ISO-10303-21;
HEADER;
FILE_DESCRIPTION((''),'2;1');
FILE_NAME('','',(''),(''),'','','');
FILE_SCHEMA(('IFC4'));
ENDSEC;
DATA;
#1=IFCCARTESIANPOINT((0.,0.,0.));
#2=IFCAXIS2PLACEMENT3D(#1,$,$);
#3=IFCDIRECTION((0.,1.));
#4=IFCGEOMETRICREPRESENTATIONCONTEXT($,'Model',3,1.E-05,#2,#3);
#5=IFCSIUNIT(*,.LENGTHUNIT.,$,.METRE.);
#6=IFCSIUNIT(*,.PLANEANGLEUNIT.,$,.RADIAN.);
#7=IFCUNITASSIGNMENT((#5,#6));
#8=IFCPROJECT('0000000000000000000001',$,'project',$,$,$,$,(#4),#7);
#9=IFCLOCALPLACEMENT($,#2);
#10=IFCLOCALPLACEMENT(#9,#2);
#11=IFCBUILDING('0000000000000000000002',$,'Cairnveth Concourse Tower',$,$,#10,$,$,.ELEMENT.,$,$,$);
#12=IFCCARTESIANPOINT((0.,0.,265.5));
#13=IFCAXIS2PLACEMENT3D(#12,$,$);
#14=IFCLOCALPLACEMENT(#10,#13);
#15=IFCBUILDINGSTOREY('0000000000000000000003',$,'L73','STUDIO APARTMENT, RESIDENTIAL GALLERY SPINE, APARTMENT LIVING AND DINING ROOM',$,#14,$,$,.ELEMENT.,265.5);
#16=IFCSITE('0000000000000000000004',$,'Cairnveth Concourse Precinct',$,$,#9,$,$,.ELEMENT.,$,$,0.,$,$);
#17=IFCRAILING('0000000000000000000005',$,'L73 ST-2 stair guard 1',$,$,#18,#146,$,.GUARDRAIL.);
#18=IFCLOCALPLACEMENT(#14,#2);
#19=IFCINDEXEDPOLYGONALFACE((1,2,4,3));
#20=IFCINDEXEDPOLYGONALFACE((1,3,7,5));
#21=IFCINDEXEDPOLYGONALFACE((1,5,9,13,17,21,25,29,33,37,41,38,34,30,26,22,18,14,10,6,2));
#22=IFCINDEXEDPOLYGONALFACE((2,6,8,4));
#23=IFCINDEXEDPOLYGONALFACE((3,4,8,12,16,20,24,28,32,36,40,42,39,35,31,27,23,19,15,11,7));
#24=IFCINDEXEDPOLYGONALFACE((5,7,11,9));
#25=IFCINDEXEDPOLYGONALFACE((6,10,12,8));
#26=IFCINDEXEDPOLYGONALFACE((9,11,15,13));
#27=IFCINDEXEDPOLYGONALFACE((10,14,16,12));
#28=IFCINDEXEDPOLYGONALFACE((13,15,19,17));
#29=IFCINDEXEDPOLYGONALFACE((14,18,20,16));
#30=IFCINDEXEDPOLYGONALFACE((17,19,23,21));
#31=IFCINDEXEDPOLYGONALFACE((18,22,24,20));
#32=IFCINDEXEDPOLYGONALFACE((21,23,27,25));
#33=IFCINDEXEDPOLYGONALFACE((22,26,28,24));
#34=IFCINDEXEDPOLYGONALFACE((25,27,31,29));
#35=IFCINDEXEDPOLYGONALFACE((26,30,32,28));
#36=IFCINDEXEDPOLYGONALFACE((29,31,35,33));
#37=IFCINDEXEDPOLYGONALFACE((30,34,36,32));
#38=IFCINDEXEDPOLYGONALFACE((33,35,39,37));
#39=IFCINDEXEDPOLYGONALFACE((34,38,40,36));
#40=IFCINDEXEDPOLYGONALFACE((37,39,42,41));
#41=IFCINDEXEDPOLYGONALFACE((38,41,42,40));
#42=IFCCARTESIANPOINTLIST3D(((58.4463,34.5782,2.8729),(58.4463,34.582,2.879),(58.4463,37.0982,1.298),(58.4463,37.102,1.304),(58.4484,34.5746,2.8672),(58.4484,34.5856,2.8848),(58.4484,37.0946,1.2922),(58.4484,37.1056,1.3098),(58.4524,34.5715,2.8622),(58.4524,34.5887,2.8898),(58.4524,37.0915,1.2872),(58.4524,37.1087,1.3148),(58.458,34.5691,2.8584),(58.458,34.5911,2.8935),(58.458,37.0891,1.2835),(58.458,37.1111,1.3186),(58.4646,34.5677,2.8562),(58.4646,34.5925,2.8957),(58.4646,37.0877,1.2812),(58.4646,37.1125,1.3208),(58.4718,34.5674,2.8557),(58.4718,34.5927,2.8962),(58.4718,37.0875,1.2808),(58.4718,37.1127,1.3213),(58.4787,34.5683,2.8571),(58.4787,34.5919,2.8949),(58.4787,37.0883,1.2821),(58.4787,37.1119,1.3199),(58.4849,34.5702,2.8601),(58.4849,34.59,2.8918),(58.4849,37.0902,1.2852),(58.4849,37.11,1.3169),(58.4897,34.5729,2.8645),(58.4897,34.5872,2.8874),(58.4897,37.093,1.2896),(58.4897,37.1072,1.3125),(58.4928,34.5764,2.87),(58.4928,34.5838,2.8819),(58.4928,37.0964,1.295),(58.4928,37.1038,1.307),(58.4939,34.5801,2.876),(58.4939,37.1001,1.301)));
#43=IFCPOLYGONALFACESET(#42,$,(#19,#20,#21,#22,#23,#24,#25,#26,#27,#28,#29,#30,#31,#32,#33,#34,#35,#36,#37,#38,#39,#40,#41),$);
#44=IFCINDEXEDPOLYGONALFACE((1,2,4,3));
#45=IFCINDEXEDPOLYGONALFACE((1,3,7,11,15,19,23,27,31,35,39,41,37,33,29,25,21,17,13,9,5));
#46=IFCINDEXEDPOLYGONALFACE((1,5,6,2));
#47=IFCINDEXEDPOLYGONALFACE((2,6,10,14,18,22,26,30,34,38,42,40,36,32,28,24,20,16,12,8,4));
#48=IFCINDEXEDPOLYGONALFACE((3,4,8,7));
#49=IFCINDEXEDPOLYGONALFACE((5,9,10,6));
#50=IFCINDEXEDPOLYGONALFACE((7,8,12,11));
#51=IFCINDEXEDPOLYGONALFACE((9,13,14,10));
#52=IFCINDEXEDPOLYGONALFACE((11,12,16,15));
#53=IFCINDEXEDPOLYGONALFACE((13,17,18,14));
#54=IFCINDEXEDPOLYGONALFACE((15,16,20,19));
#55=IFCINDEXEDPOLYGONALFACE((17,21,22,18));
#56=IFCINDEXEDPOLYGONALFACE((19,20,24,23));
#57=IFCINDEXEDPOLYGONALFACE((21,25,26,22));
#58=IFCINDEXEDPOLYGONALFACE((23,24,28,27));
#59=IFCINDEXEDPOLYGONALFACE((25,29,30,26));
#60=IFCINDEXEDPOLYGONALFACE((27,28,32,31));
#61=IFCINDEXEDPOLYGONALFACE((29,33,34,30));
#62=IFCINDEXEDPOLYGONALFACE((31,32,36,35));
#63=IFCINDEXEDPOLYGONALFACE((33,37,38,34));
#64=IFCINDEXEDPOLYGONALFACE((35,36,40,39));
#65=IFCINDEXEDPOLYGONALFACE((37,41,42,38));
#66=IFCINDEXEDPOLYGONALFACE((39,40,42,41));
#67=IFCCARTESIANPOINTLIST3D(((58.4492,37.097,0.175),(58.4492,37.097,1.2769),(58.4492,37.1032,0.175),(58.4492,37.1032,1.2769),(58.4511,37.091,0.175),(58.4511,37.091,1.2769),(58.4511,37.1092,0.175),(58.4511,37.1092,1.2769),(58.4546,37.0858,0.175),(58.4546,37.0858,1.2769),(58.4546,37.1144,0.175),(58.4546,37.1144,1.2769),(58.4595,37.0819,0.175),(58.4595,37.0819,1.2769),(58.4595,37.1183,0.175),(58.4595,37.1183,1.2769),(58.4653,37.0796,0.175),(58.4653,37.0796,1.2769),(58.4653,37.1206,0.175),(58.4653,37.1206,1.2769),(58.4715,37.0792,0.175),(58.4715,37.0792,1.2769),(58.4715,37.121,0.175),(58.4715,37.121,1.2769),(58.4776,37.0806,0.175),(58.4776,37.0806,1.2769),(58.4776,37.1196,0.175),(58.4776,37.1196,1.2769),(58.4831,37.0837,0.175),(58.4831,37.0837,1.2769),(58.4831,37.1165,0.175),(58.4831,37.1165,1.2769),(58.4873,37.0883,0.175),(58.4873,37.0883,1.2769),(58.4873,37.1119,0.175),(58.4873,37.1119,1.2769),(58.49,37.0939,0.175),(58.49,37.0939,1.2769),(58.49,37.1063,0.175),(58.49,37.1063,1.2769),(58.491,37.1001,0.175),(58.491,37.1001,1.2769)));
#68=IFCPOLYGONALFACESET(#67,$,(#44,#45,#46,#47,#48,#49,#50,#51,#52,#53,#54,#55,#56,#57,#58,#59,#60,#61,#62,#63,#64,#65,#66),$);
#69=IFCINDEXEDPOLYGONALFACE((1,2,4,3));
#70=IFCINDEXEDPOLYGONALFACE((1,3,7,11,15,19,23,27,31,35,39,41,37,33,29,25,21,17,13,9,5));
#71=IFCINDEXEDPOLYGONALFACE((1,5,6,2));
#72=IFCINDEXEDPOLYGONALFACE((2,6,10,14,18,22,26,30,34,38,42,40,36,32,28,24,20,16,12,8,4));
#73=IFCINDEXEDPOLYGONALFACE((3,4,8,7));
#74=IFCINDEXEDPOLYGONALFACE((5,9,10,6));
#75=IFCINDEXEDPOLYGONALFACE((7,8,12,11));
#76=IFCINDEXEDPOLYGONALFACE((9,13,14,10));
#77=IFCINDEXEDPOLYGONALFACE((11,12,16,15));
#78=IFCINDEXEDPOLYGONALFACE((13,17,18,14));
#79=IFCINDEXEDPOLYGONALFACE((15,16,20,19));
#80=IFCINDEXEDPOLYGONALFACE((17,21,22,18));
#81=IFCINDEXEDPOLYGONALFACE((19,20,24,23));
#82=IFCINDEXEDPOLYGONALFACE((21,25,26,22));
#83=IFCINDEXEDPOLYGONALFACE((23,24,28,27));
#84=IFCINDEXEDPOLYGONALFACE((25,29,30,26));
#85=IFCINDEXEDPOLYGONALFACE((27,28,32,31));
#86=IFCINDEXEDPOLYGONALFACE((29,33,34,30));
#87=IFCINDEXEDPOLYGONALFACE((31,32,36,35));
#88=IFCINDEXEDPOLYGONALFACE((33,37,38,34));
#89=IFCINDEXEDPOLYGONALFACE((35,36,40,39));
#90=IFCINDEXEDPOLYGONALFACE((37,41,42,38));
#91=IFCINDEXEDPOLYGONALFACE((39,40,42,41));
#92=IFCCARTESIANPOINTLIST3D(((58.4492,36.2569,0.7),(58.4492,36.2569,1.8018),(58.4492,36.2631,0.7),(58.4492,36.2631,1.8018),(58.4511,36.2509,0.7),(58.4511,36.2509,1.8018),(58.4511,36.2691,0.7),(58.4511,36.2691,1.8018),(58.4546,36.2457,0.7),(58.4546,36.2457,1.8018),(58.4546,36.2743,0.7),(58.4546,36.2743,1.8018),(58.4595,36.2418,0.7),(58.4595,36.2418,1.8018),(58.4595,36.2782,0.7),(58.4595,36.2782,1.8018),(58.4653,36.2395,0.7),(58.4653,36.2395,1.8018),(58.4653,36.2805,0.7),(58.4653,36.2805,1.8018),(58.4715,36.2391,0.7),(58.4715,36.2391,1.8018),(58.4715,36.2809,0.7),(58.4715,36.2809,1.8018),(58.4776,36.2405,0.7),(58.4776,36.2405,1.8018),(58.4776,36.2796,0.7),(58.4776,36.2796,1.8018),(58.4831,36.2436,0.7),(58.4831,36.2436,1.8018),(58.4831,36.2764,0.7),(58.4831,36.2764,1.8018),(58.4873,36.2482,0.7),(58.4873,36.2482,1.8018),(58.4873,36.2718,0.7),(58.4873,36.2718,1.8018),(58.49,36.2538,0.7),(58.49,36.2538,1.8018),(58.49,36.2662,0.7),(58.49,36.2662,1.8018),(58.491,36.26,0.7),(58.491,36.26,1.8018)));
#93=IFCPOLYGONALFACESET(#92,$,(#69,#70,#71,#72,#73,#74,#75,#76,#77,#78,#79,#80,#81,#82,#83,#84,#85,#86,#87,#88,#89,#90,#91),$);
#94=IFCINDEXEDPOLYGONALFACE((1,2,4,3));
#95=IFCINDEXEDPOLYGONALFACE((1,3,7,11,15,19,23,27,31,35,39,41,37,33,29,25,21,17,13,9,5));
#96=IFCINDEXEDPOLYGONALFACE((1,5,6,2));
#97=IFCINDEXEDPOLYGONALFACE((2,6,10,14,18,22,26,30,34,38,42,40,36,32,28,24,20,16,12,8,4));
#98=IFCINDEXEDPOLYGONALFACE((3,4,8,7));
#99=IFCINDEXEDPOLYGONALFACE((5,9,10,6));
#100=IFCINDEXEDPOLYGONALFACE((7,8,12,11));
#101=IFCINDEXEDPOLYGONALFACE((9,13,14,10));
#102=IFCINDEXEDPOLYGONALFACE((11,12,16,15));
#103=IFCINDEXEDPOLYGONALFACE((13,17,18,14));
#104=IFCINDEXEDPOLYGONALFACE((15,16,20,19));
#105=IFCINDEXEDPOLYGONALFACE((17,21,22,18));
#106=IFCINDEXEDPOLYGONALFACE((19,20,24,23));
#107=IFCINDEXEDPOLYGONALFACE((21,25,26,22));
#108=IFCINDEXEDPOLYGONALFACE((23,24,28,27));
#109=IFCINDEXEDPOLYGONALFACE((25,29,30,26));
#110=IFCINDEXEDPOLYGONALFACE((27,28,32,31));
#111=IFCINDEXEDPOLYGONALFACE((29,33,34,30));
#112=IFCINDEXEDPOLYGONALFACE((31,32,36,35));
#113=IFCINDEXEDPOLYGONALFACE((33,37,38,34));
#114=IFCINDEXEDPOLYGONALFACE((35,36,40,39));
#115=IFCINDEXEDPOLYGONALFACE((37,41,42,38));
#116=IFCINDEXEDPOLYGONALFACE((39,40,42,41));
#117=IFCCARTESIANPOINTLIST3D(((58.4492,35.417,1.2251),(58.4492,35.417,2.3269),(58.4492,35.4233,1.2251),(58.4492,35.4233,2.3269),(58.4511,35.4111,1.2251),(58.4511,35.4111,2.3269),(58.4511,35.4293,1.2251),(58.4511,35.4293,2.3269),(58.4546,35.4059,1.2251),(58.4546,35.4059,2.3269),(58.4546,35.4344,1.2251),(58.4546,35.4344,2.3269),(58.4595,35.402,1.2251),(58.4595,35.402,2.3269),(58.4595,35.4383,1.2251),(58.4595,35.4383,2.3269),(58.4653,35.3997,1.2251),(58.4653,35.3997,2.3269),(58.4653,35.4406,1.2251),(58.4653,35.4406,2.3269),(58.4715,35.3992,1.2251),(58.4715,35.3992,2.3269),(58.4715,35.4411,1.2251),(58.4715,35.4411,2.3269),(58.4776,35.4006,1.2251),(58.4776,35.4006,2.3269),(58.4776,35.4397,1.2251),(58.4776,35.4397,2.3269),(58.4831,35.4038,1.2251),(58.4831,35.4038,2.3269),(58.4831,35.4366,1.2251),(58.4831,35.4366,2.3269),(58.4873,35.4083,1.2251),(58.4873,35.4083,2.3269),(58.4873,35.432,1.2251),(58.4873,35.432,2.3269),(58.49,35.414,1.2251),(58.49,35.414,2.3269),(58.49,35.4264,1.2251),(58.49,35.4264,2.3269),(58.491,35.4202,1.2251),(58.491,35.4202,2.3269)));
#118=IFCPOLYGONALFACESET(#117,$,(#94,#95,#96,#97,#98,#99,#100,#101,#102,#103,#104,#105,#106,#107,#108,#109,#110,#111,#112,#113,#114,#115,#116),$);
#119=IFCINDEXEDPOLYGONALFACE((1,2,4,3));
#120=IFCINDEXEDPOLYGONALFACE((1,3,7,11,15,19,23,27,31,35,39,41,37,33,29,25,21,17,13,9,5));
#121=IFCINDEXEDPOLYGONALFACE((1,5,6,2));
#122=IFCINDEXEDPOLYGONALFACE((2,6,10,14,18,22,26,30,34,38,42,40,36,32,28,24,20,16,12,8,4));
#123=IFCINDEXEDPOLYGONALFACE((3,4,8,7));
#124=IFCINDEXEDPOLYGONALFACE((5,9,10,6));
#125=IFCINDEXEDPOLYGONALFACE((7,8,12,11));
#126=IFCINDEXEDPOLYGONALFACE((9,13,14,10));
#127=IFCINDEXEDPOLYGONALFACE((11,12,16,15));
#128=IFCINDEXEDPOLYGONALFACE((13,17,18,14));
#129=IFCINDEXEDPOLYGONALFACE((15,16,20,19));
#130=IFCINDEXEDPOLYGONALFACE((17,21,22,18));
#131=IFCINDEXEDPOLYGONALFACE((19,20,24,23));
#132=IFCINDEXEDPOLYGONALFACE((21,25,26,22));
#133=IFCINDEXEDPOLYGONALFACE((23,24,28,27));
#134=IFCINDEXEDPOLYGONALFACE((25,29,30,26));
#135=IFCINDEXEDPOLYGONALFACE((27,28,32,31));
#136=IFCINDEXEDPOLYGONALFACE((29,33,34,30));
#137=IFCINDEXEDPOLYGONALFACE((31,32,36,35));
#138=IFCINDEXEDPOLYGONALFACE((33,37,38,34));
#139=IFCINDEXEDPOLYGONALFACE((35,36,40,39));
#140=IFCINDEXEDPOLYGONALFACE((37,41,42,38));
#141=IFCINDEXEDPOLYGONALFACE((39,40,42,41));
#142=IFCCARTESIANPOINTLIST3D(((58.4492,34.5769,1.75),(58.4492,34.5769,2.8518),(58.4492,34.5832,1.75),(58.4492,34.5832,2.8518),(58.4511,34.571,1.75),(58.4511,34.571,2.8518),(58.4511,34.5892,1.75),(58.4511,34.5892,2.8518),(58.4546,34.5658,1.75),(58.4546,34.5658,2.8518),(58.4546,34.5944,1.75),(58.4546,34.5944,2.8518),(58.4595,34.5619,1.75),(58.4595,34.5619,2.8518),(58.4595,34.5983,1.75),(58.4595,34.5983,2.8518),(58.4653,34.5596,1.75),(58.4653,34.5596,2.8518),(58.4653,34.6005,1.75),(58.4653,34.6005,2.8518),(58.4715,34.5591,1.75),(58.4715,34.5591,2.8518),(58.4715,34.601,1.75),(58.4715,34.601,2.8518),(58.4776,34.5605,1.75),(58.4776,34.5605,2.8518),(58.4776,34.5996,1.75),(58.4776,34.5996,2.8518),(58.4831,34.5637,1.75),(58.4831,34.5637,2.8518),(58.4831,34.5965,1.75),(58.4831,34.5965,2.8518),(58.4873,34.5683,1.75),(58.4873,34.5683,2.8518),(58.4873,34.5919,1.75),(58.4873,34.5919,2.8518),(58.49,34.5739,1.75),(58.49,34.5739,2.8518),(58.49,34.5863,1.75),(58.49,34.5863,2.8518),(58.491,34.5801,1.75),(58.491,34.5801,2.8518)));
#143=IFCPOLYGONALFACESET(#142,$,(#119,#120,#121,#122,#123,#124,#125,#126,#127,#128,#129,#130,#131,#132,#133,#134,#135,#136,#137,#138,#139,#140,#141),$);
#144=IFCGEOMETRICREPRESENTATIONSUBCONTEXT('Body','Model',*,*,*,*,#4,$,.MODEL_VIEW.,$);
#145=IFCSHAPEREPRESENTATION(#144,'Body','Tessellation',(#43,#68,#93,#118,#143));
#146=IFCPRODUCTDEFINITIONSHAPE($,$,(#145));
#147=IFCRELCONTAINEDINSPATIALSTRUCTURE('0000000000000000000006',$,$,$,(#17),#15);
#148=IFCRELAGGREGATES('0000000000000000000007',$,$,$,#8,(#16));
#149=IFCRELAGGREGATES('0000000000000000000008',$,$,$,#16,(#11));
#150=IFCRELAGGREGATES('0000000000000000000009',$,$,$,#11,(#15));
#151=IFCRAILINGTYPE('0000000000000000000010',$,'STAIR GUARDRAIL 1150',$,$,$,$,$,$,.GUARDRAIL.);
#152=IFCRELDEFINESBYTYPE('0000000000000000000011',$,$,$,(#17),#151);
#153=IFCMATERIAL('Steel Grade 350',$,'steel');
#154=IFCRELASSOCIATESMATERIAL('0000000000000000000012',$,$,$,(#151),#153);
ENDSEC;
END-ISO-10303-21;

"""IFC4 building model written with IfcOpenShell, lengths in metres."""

from ifc_helpers import new_model, si_unit, direction, frame, origin, origin_2d, place, context, subcontext, project, spatial, circle, extrude, material, type_object, element, save


model = new_model("IFC4")

# Units and contexts
model_context = context("Model", 3, precision=1e-05, world=origin(), true_north=direction((0.0, 1.0)))
body_context = subcontext(model_context, "Body", "Model", "MODEL_VIEW")
ifc_project = project(units=[si_unit("LENGTHUNIT", "METRE"), si_unit("PLANEANGLEUNIT", "RADIAN")], contexts=[model_context])

# Site, building, storey
site_placement = place(None, origin())
site = spatial("IfcSite", under=ifc_project, at=site_placement, Name="Cairnveth Concourse Precinct", CompositionType="ELEMENT", RefElevation=0.0)
building_placement = place(site_placement, origin())
building = spatial("IfcBuilding", under=site, at=building_placement, Name="Cairnveth Concourse Tower", CompositionType="ELEMENT")
storey_placement = place(building_placement, frame((0.0, 0.0, 265.5)))
storey = spatial("IfcBuildingStorey", under=building, at=storey_placement, Name="L73", Description="STUDIO APARTMENT, RESIDENTIAL GALLERY SPINE, APARTMENT LIVING AND DINING ROOM", CompositionType="ELEMENT", Elevation=265.5)

# Shared definitions
ifc_material_1 = material(Name="Steel Grade 350", Category="steel")

# Railing
railing_type_1 = type_object("IfcRailingType", Name="STAIR GUARDRAIL 1150", PredefinedType="GUARDRAIL", material=ifc_material_1)
railing_1_placement = place(storey_placement, frame((58.47, 37.1001, 0.175)))
element("IfcRailing", 1, at=railing_1_placement, inside=storey, type_object=railing_type_1, Name="L73 ST-2 stair guard 1", PredefinedType="GUARDRAIL", context=body_context, shape_type="SweptSolid", body=[
    extrude(circle(Radius=0.0239, at=origin_2d()), frame((0.0, 0.0, 1.126), z_axis=(0.0, -0.848008, 0.529984), x_axis=(1.0, 0.0, 0.0)), (0.0, 0.0, 1.0), 2.9717),
    extrude(circle(Radius=0.021, at=origin_2d()), origin(), (0.0, 0.0, 1.0), 1.1018),
    extrude(circle(Radius=0.021, at=origin_2d()), frame((0.0, -0.8401, 0.5249)), (0.0, 0.0, 1.0), 1.1018),
    extrude(circle(Radius=0.021, at=origin_2d()), frame((0.0, -1.6799, 1.05)), (0.0, 0.0, 1.0), 1.1018),
    extrude(circle(Radius=0.021, at=origin_2d()), frame((0.0, -2.52, 1.575)), (0.0, 0.0, 1.0), 1.1018),
])

save(model, "model.ifc")
